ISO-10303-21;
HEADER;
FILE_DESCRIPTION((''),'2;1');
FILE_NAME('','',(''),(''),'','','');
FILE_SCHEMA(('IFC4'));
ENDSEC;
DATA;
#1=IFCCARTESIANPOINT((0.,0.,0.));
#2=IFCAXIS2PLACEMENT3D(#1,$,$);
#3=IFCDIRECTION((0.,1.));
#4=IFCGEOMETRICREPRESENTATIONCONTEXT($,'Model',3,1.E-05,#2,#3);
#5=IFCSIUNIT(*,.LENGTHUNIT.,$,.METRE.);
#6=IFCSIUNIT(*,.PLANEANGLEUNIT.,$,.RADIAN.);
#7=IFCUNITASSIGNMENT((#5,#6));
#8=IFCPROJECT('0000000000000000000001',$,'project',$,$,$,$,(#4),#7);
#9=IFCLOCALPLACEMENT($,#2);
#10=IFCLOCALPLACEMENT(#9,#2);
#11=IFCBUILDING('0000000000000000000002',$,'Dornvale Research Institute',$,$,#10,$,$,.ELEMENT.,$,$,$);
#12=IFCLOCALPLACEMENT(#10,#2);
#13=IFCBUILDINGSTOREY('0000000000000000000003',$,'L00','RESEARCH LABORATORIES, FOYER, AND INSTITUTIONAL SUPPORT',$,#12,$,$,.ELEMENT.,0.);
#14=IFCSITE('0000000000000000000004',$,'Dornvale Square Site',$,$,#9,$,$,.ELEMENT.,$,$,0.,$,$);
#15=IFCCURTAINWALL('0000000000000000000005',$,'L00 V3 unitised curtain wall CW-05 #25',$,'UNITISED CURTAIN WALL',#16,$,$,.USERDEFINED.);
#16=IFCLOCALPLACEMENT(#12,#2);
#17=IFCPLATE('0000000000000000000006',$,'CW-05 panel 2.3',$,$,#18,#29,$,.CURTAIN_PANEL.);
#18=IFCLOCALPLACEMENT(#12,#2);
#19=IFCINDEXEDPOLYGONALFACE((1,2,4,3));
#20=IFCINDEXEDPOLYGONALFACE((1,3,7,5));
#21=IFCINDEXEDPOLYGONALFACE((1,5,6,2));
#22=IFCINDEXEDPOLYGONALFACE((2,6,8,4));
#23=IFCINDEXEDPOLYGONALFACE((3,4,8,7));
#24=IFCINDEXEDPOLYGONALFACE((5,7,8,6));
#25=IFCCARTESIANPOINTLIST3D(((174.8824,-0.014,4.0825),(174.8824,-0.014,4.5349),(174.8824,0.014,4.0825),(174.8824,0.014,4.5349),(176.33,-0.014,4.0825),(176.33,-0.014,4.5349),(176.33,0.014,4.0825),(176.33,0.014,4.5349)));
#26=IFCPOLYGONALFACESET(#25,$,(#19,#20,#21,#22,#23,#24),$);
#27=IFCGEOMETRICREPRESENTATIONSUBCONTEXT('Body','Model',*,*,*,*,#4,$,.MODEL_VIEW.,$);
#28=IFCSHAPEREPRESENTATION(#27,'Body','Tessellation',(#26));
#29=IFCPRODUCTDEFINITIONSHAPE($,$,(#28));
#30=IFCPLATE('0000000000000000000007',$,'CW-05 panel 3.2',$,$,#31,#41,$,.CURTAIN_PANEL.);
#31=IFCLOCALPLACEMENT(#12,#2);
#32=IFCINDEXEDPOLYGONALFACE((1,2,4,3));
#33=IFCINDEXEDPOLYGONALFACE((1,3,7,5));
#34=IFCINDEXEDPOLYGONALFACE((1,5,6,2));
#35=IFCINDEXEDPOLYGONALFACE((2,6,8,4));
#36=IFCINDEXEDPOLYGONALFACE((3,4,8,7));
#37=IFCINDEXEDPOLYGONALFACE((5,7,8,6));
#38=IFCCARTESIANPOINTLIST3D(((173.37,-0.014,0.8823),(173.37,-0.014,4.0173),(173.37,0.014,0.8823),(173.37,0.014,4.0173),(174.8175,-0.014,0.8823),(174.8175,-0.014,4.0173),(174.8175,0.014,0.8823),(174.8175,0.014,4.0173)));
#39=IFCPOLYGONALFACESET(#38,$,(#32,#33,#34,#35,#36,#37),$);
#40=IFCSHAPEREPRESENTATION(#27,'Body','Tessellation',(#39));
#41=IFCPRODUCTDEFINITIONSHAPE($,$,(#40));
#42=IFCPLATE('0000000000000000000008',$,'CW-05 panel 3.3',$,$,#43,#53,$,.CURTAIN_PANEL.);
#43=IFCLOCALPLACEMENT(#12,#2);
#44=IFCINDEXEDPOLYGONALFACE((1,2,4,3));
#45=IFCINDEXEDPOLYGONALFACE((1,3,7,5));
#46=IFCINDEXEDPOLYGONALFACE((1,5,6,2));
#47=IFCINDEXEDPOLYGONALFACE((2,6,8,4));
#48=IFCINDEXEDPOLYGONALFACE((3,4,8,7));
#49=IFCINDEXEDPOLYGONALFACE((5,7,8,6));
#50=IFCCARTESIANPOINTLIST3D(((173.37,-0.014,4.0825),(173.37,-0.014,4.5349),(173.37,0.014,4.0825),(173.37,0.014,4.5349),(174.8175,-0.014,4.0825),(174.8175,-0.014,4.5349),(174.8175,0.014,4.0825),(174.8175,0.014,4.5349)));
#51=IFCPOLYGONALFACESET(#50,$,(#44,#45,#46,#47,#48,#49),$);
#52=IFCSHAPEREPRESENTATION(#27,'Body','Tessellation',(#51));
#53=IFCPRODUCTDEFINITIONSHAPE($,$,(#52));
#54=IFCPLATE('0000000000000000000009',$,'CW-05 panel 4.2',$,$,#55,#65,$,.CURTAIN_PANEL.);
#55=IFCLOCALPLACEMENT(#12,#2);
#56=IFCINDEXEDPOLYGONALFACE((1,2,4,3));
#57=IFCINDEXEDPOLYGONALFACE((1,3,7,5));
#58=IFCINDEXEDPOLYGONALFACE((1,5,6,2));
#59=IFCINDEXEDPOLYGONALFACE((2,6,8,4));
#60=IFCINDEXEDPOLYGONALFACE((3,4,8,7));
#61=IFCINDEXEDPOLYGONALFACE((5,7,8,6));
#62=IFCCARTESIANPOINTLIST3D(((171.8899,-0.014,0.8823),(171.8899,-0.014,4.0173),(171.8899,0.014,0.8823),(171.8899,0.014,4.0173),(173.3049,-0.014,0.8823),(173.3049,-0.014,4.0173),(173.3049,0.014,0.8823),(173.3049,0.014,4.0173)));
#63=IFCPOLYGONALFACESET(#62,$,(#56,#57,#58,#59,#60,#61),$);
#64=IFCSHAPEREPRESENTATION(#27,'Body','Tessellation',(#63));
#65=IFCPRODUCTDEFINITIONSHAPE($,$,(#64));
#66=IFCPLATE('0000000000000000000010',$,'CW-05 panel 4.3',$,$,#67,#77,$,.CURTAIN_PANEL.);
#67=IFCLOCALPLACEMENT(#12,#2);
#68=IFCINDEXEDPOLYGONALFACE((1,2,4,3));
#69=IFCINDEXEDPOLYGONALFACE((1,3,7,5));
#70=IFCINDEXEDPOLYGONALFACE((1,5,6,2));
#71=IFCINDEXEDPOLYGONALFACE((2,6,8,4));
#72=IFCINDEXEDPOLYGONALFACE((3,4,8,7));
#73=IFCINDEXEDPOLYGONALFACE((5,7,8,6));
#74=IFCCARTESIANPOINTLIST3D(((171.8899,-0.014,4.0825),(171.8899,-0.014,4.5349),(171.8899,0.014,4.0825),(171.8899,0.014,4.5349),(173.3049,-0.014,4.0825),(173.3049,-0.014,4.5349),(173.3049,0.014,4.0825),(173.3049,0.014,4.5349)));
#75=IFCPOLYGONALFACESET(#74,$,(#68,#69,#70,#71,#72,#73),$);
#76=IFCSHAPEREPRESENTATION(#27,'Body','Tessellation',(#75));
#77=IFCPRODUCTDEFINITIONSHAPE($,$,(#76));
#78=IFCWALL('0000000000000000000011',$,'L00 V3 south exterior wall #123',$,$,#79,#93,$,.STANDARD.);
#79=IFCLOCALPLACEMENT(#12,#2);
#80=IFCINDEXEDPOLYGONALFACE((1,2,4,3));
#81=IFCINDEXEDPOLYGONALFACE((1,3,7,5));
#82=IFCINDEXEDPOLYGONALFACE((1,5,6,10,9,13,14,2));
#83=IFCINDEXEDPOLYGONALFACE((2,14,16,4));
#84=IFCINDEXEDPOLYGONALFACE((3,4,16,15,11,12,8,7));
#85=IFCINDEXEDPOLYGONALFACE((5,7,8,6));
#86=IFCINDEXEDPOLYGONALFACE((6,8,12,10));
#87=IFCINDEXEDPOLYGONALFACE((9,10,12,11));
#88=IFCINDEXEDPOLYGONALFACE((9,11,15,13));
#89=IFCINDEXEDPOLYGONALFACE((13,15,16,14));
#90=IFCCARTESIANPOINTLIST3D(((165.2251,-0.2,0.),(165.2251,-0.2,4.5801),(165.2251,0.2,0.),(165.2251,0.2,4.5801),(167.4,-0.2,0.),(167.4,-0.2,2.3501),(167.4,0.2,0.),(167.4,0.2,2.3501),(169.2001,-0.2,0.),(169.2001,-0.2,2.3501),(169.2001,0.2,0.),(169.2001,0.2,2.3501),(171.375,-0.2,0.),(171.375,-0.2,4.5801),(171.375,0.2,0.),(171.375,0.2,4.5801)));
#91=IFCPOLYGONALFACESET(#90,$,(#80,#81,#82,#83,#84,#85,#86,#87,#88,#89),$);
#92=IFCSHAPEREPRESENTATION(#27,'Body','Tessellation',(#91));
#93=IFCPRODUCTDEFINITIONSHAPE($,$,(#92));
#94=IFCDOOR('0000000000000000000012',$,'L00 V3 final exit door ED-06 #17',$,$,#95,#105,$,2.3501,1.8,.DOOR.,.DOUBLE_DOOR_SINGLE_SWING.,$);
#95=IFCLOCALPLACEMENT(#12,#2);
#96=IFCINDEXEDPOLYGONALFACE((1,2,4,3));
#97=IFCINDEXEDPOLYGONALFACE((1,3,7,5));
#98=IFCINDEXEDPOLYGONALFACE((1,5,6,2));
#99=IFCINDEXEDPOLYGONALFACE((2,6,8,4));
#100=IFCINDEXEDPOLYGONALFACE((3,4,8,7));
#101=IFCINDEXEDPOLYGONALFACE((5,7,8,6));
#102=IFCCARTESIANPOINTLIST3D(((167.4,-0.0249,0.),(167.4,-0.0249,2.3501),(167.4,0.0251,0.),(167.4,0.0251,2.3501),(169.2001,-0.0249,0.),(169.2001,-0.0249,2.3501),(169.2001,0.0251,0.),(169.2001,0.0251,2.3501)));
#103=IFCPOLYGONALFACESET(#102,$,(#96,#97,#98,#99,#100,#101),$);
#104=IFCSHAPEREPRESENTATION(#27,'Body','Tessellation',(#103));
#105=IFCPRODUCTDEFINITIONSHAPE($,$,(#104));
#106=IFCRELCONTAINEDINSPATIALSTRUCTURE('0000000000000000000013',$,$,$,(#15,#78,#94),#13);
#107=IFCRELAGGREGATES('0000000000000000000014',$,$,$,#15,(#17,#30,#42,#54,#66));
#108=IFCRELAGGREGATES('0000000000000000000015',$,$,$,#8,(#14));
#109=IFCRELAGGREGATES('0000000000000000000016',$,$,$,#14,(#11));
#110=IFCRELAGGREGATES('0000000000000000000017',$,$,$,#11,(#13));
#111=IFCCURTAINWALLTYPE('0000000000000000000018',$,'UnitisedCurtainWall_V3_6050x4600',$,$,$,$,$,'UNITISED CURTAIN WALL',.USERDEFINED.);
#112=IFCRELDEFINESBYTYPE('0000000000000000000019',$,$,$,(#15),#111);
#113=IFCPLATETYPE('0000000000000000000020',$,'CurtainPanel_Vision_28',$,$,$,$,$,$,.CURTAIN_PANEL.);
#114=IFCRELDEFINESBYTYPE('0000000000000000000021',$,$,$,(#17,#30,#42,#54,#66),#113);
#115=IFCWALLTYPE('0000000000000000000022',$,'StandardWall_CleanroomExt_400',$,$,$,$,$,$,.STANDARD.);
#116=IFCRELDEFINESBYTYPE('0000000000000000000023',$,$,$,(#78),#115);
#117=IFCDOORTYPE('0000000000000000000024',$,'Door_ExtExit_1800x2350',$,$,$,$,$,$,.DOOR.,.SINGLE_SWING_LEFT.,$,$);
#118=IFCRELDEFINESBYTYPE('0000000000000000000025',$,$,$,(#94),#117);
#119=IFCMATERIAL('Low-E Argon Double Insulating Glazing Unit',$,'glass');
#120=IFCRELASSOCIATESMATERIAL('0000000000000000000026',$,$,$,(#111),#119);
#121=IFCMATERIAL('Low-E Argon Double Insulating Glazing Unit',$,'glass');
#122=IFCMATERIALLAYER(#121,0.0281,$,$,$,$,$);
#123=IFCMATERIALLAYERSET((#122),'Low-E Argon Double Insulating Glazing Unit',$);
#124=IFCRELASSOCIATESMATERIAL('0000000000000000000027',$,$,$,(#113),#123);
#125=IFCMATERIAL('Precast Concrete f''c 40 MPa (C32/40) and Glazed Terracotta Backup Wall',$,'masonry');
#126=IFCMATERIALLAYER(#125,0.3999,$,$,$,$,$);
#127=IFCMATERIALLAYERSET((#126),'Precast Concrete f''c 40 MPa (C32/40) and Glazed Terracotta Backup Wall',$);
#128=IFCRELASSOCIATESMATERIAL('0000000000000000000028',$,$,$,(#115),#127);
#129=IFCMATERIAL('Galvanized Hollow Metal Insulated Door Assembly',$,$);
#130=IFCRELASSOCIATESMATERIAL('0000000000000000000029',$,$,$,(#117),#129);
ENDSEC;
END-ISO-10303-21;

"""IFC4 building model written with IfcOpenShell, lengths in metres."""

from ifc_helpers import new_model, si_unit, direction, frame, frame_2d, origin, origin_2d, place, context, subcontext, project, spatial, rectangle, extrude, material, layer, layer_set, type_object, element, fill, aggregate, save


model = new_model("IFC4")

# Units and contexts
model_context = context("Model", 3, precision=1e-05, world=origin(), true_north=direction((0.0, 1.0)))
body_context = subcontext(model_context, "Body", "Model", "MODEL_VIEW")
ifc_project = project(units=[si_unit("LENGTHUNIT", "METRE"), si_unit("PLANEANGLEUNIT", "RADIAN")], contexts=[model_context])

# Site, building, storey
site_placement = place(None, origin())
site = spatial("IfcSite", under=ifc_project, at=site_placement, Name="Dornvale Square Site", CompositionType="ELEMENT", RefElevation=0.0)
building_placement = place(site_placement, origin())
building = spatial("IfcBuilding", under=site, at=building_placement, Name="Dornvale Research Institute", CompositionType="ELEMENT")
storey_placement = place(building_placement, origin())
storey = spatial("IfcBuildingStorey", under=building, at=storey_placement, Name="L00", Description="RESEARCH LABORATORIES, FOYER, AND INSTITUTIONAL SUPPORT", CompositionType="ELEMENT", Elevation=0.0)

# Curtain wall, plates
ifc_material_1 = material(Name="Low-E Argon Double Insulating Glazing Unit", Category="glass")
curtain_wall_type = type_object("IfcCurtainWallType", Name="UnitisedCurtainWall_V3_6050x4600", ElementType="UNITISED CURTAIN WALL", PredefinedType="USERDEFINED", material=ifc_material_1)
curtain_wall_placement = place(storey_placement, origin())
curtain_wall = element("IfcCurtainWall", 1, at=curtain_wall_placement, inside=storey, type_object=curtain_wall_type, Name="L00 V3 unitised curtain wall CW-05 #25", ObjectType="UNITISED CURTAIN WALL", PredefinedType="USERDEFINED")
ifc_material_2 = material(Name="Low-E Argon Double Insulating Glazing Unit", Category="glass")
ifc_layer_1 = layer(ifc_material_2, 0.0281)
ifc_layer_set_1 = layer_set([ifc_layer_1], Name="Low-E Argon Double Insulating Glazing Unit")
plate_type_1 = type_object("IfcPlateType", Name="CurtainPanel_Vision_28", PredefinedType="CURTAIN_PANEL", material=ifc_layer_set_1)
plate_1_placement = place(storey_placement, frame((175.6062, 0.0, 4.0825), z_axis=(0.0, 0.0, 1.0), x_axis=(-1.0, 0.0, 0.0)))
plate_1 = element("IfcPlate", 2, at=plate_1_placement, type_object=plate_type_1, Name="CW-05 panel 2.3", PredefinedType="CURTAIN_PANEL", context=body_context, shape_type="SweptSolid", body=[
    extrude(rectangle(XDim=1.4475, YDim=0.0281, at=origin_2d()), origin(), (0.0, 0.0, 1.0), 0.4524),
])
plate_2_placement = place(storey_placement, frame((174.0938, 0.0, 0.8823), z_axis=(0.0, 0.0, 1.0), x_axis=(-1.0, 0.0, 0.0)))
plate_2 = element("IfcPlate", 3, at=plate_2_placement, type_object=plate_type_1, Name="CW-05 panel 3.2", PredefinedType="CURTAIN_PANEL", context=body_context, shape_type="SweptSolid", body=[
    extrude(rectangle(XDim=1.4475, YDim=0.0281, at=origin_2d()), origin(), (0.0, 0.0, 1.0), 3.135),
])
plate_3_placement = place(storey_placement, frame((174.0938, 0.0, 4.0825), z_axis=(0.0, 0.0, 1.0), x_axis=(-1.0, 0.0, 0.0)))
plate_3 = element("IfcPlate", 4, at=plate_3_placement, type_object=plate_type_1, Name="CW-05 panel 3.3", PredefinedType="CURTAIN_PANEL", context=body_context, shape_type="SweptSolid", body=[
    extrude(rectangle(XDim=1.4475, YDim=0.0281, at=origin_2d()), origin(), (0.0, 0.0, 1.0), 0.4524),
])
plate_4_placement = place(storey_placement, frame((172.5974, 0.0, 0.8823), z_axis=(0.0, 0.0, 1.0), x_axis=(-1.0, 0.0, 0.0)))
plate_4 = element("IfcPlate", 5, at=plate_4_placement, type_object=plate_type_1, Name="CW-05 panel 4.2", PredefinedType="CURTAIN_PANEL", context=body_context, shape_type="SweptSolid", body=[
    extrude(rectangle(XDim=1.415, YDim=0.0281, at=origin_2d()), origin(), (0.0, 0.0, 1.0), 3.135),
])
plate_5_placement = place(storey_placement, frame((172.5974, 0.0, 4.0825), z_axis=(0.0, 0.0, 1.0), x_axis=(-1.0, 0.0, 0.0)))
plate_5 = element("IfcPlate", 6, at=plate_5_placement, type_object=plate_type_1, Name="CW-05 panel 4.3", PredefinedType="CURTAIN_PANEL", context=body_context, shape_type="SweptSolid", body=[
    extrude(rectangle(XDim=1.415, YDim=0.0281, at=origin_2d()), origin(), (0.0, 0.0, 1.0), 0.4524),
])
aggregate(curtain_wall, [plate_1, plate_2, plate_3, plate_4, plate_5])

# Wall, opening, door
ifc_material_3 = material(Name="Precast Concrete f'c 40 MPa (C32/40) and Glazed Terracotta Backup Wall", Category="masonry")
ifc_layer_2 = layer(ifc_material_3, 0.3999)
ifc_layer_set_2 = layer_set([ifc_layer_2], Name="Precast Concrete f'c 40 MPa (C32/40) and Glazed Terracotta Backup Wall")
wall_type = type_object("IfcWallType", Name="StandardWall_CleanroomExt_400", PredefinedType="STANDARD", material=ifc_layer_set_2)
wall_placement = place(storey_placement, frame((171.375, 0.0, 0.0), z_axis=(0.0, 0.0, 1.0), x_axis=(-1.0, 0.0, 0.0)))
wall = element("IfcWall", 7, at=wall_placement, inside=storey, type_object=wall_type, Name="L00 V3 south exterior wall #123", PredefinedType="STANDARD", context=body_context, shape_type="SweptSolid", body=[
    extrude(rectangle(XDim=6.1499, YDim=0.3999, at=frame_2d((3.075, 0.0))), origin(), (0.0, 0.0, 1.0), 4.5801),
])
opening_placement = place(wall_placement, frame((2.175, 0.0, 0.0)))
opening = element("IfcOpeningElement", 8, at=opening_placement, cuts=wall, PredefinedType="OPENING", context=body_context, shape_type="SweptSolid", body=[
    extrude(rectangle(XDim=1.8, YDim=2.3501, at=frame_2d((0.8999, 1.175))), frame((0.0, 0.2148, 0.0), z_axis=(0.0, -1.0, 0.0), x_axis=(1.0, 0.0, 0.0)), (0.0, 0.0, 1.0), 0.4299),
])
ifc_material_4 = material(Name="Galvanized Hollow Metal Insulated Door Assembly")
door_type = type_object("IfcDoorType", Name="Door_ExtExit_1800x2350", OperationType="SINGLE_SWING_LEFT", PredefinedType="DOOR", material=ifc_material_4)
door_placement = place(opening_placement, origin())
door = element("IfcDoor", 9, at=door_placement, inside=storey, type_object=door_type, Name="L00 V3 final exit door ED-06 #17", OperationType="DOUBLE_DOOR_SINGLE_SWING", OverallHeight=2.3501, OverallWidth=1.8, PredefinedType="DOOR", context=body_context, shape_type="SweptSolid", body=[
    extrude(rectangle(XDim=1.8, YDim=2.3501, at=frame_2d((0.8999, 1.175))), frame((0.0, 0.0249, 0.0), z_axis=(0.0, -1.0, 0.0), x_axis=(1.0, 0.0, 0.0)), (0.0, 0.0, 1.0), 0.05),
])
fill(opening, door)

save(model, "model.ifc")
